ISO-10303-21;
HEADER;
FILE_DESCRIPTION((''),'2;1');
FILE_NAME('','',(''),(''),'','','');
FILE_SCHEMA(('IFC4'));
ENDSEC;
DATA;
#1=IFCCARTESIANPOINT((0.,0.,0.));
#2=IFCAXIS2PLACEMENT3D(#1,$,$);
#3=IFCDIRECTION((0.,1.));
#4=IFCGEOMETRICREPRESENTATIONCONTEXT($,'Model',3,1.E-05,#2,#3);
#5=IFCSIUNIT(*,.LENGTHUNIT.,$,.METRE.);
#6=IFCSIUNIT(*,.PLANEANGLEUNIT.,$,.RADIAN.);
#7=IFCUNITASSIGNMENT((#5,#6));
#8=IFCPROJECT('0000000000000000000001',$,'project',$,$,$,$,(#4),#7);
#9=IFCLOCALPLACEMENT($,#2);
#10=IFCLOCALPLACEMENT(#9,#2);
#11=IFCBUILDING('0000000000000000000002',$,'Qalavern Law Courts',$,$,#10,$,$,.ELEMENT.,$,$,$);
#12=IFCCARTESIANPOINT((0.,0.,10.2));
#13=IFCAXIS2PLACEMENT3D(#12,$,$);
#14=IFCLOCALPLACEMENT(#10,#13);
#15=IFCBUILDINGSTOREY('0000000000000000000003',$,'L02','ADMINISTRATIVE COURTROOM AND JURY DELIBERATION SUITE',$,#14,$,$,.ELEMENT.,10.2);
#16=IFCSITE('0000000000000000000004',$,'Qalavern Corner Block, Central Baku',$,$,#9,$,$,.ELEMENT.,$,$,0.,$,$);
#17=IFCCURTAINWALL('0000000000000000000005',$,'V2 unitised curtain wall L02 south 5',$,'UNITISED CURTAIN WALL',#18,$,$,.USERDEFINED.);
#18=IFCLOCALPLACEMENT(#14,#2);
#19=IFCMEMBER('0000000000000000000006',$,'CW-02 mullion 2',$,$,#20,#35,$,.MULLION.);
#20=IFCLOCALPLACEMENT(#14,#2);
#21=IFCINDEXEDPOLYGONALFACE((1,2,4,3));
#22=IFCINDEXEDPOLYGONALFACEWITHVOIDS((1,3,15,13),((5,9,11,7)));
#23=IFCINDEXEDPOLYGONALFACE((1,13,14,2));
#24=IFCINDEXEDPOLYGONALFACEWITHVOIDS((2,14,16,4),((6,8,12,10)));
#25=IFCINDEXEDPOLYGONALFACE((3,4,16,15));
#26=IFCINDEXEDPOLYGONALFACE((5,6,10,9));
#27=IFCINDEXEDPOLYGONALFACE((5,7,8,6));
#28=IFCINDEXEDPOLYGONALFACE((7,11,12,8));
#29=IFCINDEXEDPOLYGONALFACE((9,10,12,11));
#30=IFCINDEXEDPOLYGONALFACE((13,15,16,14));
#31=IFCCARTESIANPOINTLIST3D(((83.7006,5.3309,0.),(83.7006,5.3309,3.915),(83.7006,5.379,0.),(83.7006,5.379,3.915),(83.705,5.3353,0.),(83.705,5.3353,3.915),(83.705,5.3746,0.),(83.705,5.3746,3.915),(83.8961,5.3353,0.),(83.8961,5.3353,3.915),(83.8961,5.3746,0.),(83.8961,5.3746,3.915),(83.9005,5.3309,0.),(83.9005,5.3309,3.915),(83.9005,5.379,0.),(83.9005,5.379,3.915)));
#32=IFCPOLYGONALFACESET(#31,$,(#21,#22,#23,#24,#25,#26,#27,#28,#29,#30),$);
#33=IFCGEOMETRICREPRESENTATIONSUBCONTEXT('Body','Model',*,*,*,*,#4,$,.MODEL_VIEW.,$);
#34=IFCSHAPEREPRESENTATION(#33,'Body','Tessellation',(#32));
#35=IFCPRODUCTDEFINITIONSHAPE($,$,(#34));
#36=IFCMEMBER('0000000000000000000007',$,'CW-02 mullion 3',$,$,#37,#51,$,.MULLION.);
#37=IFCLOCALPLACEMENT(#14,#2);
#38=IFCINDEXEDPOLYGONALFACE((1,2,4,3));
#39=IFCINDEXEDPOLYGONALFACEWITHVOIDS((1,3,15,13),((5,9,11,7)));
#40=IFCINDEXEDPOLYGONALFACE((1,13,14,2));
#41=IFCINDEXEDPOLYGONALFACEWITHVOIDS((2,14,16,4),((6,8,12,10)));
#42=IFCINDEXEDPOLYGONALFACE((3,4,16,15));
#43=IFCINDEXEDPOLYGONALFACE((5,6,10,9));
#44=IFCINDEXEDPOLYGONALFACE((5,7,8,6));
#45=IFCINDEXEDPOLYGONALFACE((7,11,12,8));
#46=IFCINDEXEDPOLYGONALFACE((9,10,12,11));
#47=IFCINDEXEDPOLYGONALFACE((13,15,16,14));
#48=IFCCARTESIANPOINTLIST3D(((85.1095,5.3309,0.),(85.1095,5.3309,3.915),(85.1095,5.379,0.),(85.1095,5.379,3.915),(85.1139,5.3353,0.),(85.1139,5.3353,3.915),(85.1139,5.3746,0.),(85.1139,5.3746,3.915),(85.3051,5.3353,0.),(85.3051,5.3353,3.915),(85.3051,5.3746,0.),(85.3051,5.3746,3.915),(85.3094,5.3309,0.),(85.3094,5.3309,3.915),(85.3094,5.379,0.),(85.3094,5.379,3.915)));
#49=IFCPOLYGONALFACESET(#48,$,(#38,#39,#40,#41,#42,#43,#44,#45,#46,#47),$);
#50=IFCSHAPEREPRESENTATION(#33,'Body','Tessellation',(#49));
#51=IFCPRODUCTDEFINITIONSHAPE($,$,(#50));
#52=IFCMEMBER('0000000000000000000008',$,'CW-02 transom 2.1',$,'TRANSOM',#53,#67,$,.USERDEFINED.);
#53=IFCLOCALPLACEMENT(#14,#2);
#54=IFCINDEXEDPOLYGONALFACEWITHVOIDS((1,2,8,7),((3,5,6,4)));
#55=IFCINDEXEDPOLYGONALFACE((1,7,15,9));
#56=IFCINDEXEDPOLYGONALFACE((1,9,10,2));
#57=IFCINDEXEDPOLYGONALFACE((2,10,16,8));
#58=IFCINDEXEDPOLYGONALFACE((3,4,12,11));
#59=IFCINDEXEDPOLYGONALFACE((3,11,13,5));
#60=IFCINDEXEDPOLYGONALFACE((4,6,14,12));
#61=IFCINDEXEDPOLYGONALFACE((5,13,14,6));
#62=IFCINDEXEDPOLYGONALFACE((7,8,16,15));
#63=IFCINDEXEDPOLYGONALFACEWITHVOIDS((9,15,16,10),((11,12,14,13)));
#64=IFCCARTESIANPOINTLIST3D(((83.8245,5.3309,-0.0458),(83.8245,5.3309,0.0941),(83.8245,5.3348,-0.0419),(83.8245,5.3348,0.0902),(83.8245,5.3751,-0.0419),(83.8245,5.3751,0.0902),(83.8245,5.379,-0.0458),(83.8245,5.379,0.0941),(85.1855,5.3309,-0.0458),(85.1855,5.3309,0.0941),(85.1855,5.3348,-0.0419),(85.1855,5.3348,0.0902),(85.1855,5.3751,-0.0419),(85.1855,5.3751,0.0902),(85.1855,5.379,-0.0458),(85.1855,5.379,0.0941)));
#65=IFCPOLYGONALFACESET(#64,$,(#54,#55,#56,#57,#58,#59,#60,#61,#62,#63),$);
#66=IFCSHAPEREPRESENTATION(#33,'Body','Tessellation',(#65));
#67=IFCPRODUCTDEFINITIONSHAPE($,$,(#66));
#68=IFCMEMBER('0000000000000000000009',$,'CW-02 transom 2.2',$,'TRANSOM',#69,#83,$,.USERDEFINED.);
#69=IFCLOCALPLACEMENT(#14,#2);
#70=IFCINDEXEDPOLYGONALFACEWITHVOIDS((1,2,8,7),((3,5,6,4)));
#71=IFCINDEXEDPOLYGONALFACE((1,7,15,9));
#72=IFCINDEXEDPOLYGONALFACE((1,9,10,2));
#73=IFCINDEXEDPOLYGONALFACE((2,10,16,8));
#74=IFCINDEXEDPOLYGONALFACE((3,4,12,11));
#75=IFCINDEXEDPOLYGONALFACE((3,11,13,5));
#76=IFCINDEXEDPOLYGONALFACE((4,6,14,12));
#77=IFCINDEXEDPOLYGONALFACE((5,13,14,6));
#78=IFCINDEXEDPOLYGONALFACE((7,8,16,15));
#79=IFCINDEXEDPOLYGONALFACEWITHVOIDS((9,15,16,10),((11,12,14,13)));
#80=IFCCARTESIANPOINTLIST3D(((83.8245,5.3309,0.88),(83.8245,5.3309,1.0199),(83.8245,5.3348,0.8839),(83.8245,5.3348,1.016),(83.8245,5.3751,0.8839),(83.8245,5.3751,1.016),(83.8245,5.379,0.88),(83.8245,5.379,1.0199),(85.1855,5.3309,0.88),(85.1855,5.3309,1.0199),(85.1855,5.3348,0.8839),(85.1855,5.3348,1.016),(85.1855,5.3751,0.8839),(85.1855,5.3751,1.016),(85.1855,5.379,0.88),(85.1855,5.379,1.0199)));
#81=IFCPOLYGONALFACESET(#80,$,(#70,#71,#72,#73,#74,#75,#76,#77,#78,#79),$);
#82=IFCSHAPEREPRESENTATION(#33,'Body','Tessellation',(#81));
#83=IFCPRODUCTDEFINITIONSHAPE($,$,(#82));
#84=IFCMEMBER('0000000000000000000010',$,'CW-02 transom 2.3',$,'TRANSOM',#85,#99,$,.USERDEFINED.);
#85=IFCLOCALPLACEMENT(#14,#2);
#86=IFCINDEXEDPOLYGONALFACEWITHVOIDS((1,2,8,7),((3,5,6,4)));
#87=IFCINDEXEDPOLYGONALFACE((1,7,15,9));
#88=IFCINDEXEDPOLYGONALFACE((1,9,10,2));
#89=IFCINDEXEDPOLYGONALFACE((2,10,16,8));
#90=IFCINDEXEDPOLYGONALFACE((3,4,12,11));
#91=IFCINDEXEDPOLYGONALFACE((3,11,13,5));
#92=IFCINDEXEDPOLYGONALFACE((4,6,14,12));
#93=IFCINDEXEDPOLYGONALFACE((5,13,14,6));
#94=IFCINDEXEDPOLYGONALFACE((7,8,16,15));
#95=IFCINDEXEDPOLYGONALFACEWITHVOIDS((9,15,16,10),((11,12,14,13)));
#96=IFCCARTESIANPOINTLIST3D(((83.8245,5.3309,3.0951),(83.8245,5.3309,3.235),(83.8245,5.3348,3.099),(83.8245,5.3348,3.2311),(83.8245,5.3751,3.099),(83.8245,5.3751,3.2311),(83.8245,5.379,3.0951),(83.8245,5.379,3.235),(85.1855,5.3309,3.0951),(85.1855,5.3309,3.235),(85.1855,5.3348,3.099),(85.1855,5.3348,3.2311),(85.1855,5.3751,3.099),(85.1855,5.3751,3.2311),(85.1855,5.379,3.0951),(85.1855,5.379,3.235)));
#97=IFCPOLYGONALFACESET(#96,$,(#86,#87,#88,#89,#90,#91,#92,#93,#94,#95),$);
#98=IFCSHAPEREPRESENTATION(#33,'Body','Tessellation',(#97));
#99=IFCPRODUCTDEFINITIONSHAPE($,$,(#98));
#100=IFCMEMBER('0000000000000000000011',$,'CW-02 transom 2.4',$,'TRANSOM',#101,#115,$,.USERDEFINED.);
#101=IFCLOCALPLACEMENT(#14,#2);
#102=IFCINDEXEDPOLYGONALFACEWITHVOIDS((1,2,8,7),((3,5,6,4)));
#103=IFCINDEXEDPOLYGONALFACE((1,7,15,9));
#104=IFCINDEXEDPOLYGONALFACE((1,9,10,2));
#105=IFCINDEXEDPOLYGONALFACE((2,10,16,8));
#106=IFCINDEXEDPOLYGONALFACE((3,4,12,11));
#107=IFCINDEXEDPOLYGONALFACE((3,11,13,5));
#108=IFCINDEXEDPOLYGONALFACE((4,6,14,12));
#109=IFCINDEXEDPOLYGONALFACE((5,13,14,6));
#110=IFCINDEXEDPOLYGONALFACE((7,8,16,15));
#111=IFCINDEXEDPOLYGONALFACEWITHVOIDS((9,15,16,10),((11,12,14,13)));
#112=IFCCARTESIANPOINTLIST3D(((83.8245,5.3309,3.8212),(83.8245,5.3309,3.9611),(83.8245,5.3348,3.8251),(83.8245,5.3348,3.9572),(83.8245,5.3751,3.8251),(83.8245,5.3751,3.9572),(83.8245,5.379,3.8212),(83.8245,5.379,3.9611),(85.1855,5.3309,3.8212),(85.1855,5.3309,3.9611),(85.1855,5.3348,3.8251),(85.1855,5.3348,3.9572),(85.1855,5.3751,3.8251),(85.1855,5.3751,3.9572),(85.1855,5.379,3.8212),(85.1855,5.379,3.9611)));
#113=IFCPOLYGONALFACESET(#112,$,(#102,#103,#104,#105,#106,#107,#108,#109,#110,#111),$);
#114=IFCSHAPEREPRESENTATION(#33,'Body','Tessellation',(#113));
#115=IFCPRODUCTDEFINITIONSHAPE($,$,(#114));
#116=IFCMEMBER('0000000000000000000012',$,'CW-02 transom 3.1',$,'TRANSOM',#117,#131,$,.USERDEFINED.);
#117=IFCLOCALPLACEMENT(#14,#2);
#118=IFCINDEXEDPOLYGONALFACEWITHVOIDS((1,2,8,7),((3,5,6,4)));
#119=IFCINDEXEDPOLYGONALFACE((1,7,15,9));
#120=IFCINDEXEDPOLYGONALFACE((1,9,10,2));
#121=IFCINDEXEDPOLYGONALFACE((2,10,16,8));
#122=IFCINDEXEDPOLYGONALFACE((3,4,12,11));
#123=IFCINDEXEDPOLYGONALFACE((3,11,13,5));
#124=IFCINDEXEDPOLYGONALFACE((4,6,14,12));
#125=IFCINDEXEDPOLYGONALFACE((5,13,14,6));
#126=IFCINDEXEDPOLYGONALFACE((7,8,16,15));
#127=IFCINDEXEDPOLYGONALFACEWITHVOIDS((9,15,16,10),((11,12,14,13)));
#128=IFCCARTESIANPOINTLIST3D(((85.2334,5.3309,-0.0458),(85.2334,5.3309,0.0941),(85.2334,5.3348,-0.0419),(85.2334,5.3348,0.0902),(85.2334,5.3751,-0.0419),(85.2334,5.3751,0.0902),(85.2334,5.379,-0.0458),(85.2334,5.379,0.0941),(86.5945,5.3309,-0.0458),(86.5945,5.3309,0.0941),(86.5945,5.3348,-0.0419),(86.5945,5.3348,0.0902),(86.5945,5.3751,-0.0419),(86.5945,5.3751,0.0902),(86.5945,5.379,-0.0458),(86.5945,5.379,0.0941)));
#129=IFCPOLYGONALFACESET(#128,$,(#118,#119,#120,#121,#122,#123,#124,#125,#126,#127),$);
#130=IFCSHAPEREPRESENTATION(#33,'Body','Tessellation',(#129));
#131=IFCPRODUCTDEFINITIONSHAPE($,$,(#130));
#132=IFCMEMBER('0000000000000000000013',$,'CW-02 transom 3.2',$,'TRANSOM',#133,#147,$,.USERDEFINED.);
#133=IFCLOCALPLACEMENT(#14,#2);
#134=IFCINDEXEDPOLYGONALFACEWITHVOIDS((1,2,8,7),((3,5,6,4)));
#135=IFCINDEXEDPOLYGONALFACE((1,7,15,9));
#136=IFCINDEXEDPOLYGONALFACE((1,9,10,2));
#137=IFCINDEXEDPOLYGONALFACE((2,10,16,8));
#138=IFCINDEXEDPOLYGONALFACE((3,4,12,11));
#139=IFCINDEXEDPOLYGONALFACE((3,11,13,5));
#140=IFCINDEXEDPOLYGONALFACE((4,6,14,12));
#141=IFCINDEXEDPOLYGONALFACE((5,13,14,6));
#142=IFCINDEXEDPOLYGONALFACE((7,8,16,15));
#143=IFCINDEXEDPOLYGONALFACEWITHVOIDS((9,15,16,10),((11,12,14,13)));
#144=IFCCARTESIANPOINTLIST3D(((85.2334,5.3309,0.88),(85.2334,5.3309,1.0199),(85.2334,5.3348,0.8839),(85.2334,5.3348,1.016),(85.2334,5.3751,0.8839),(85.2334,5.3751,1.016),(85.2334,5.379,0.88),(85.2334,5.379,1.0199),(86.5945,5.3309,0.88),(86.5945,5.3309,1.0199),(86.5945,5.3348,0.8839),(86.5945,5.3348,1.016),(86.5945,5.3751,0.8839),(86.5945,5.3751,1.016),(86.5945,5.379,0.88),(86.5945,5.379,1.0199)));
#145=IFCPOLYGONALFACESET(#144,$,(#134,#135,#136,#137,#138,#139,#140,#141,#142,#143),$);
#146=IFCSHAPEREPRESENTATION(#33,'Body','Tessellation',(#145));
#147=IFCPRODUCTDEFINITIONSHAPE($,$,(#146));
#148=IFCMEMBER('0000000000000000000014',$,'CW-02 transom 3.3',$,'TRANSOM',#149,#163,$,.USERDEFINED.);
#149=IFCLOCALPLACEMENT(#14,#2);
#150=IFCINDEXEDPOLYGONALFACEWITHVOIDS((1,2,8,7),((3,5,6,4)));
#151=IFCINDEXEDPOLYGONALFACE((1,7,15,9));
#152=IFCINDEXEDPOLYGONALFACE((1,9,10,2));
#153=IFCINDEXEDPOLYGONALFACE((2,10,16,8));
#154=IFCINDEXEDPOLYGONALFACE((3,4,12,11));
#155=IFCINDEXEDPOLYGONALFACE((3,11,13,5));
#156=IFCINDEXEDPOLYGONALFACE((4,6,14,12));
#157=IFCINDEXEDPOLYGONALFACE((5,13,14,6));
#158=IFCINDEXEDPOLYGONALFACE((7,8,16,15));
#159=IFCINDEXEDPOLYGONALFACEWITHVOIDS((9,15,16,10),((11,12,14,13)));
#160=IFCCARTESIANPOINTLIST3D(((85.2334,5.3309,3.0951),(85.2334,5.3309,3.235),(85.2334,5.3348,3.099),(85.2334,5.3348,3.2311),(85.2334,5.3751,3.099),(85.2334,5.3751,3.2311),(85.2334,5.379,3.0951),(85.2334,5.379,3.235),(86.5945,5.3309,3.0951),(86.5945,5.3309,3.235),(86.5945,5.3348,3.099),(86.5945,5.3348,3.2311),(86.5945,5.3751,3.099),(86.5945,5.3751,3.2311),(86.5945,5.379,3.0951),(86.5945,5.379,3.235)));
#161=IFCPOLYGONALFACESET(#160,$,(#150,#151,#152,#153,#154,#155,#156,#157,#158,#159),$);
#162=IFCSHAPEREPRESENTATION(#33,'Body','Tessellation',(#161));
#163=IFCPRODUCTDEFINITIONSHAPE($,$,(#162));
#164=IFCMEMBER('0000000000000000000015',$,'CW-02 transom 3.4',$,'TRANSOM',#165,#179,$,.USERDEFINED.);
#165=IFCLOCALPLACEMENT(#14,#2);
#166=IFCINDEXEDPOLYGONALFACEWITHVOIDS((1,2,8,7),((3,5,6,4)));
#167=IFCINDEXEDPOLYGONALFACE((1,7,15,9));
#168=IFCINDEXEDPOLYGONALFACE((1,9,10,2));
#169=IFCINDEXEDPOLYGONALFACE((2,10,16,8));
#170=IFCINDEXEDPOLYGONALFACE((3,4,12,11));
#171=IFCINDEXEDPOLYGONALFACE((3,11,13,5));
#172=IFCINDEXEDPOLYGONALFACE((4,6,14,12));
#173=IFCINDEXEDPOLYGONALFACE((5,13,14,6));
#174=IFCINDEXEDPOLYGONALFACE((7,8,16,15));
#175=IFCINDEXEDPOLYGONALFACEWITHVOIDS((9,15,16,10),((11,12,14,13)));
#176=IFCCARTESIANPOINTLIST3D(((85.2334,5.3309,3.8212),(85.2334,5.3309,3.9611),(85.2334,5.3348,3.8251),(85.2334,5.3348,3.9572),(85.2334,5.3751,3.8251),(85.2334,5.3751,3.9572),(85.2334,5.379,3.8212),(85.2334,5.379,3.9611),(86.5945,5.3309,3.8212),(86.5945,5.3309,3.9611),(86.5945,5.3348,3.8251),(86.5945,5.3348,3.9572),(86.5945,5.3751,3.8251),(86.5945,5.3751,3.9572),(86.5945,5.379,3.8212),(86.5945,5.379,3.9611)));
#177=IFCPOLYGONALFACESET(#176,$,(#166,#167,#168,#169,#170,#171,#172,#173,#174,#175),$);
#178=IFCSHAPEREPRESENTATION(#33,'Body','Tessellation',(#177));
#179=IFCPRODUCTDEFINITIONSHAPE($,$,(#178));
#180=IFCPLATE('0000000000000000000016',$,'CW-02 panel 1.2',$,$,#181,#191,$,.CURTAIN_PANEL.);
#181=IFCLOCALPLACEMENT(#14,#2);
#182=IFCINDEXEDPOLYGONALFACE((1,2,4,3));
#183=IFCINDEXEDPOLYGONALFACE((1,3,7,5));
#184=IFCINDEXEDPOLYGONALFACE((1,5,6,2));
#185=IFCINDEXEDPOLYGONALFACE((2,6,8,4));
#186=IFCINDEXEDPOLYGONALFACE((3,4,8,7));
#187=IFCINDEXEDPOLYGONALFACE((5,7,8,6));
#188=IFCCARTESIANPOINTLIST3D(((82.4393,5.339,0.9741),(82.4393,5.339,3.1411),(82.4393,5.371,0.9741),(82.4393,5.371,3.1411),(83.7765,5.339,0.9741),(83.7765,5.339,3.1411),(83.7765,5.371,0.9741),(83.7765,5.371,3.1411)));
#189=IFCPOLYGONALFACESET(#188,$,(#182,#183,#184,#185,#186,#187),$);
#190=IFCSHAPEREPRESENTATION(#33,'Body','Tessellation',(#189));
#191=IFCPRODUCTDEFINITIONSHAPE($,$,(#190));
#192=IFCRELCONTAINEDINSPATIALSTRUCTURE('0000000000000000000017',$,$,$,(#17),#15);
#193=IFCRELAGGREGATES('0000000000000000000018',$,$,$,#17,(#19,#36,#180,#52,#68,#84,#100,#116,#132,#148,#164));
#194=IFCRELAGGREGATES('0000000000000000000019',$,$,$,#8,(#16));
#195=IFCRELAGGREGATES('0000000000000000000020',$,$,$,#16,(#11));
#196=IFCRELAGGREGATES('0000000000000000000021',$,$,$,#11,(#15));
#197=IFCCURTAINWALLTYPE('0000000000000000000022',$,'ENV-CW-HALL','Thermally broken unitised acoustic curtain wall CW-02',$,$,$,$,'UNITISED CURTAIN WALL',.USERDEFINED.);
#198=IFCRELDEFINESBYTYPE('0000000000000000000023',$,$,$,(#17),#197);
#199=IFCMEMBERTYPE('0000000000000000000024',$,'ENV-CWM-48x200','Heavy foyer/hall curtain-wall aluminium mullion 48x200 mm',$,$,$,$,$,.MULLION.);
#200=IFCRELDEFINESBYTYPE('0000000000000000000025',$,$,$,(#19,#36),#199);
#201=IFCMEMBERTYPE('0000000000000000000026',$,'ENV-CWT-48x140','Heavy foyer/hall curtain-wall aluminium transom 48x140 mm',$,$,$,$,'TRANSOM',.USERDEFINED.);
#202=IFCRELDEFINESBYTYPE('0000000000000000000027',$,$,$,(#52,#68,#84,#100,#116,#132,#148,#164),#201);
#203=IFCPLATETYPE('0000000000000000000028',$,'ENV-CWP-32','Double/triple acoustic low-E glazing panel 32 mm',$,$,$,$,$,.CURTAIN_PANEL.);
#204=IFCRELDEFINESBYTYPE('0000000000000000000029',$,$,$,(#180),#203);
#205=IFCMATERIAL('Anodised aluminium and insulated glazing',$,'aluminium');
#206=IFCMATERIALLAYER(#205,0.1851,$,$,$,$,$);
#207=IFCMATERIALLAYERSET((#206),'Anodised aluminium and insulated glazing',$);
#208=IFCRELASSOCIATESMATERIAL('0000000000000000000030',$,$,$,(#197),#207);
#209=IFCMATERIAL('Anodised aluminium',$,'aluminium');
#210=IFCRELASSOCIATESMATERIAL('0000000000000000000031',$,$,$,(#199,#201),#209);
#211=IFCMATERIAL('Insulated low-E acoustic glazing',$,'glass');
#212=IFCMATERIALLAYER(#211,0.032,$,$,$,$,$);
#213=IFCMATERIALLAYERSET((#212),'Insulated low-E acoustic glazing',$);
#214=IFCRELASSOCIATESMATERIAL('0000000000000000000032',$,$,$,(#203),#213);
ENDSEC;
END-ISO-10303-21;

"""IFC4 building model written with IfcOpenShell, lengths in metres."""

from ifc_helpers import new_model, si_unit, direction, frame, origin, origin_2d, place, context, subcontext, project, spatial, rectangle, hollow_rectangle, extrude, material, layer, layer_set, material_profile, profile_set, type_object, element, aggregate, save


model = new_model("IFC4")

# Units and contexts
model_context = context("Model", 3, precision=1e-05, world=origin(), true_north=direction((0.0, 1.0)))
body_context = subcontext(model_context, "Body", "Model", "MODEL_VIEW")
ifc_project = project(units=[si_unit("LENGTHUNIT", "METRE"), si_unit("PLANEANGLEUNIT", "RADIAN")], contexts=[model_context])

# Site, building, storey
site_placement = place(None, origin())
site = spatial("IfcSite", under=ifc_project, at=site_placement, Name="Qalavern Corner Block, Central Baku", CompositionType="ELEMENT", RefElevation=0.0)
building_placement = place(site_placement, origin())
building = spatial("IfcBuilding", under=site, at=building_placement, Name="Qalavern Law Courts", CompositionType="ELEMENT")
storey_placement = place(building_placement, frame((0.0, 0.0, 10.2)))
storey = spatial("IfcBuildingStorey", under=building, at=storey_placement, Name="L02", Description="ADMINISTRATIVE COURTROOM AND JURY DELIBERATION SUITE", CompositionType="ELEMENT", Elevation=10.2)

# Curtain wall, members, plate
ifc_material_1 = material(Name="Anodised aluminium and insulated glazing", Category="aluminium")
ifc_layer_1 = layer(ifc_material_1, 0.1851)
ifc_layer_set_1 = layer_set([ifc_layer_1], Name="Anodised aluminium and insulated glazing")
curtain_wall_type = type_object("IfcCurtainWallType", Name="ENV-CW-HALL", Description="Thermally broken unitised acoustic curtain wall CW-02", ElementType="UNITISED CURTAIN WALL", PredefinedType="USERDEFINED", material=ifc_layer_set_1)
curtain_wall_placement = place(storey_placement, origin())
curtain_wall = element("IfcCurtainWall", 1, at=curtain_wall_placement, inside=storey, type_object=curtain_wall_type, Name="V2 unitised curtain wall L02 south 5", ObjectType="UNITISED CURTAIN WALL", PredefinedType="USERDEFINED")
ifc_material_2 = material(Name="Anodised aluminium", Category="aluminium")
ifc_material_profile_1 = material_profile(ifc_material_2, hollow_rectangle(XDim=0.0481, YDim=0.2, WallThickness=0.0044, at=origin_2d()), Name="ALU MULLION 48x200")
ifc_profile_set_1 = profile_set([ifc_material_profile_1], Name="Anodised aluminium")
member_type_1 = type_object("IfcMemberType", Name="ENV-CWM-48x200", Description="Heavy foyer/hall curtain-wall aluminium mullion 48x200 mm", PredefinedType="MULLION", material=ifc_profile_set_1)
member_1_placement = place(storey_placement, frame((83.8005, 5.355, 0.0), z_axis=(0.0, 0.0, 1.0), x_axis=(0.0, 1.0, 0.0)))
member_1 = element("IfcMember", 2, at=member_1_placement, type_object=member_type_1, Name="CW-02 mullion 2", PredefinedType="MULLION", context=body_context, shape_type="SweptSolid", body=[
    extrude(hollow_rectangle(XDim=0.0481, YDim=0.2, WallThickness=0.0044, at=origin_2d()), origin(), (0.0, 0.0, 1.0), 3.915),
])
member_2_placement = place(storey_placement, frame((85.2095, 5.355, 0.0), z_axis=(0.0, 0.0, 1.0), x_axis=(0.0, 1.0, 0.0)))
member_2 = element("IfcMember", 3, at=member_2_placement, type_object=member_type_1, Name="CW-02 mullion 3", PredefinedType="MULLION", context=body_context, shape_type="SweptSolid", body=[
    extrude(hollow_rectangle(XDim=0.0481, YDim=0.2, WallThickness=0.0044, at=origin_2d()), origin(), (0.0, 0.0, 1.0), 3.915),
])
ifc_material_profile_2 = material_profile(ifc_material_2, hollow_rectangle(XDim=0.0481, YDim=0.1399, WallThickness=0.0039, at=origin_2d()), Name="ALU TRANSOM 48x140")
ifc_profile_set_2 = profile_set([ifc_material_profile_2], Name="Anodised aluminium")
member_type_2 = type_object("IfcMemberType", Name="ENV-CWT-48x140", Description="Heavy foyer/hall curtain-wall aluminium transom 48x140 mm", ElementType="TRANSOM", PredefinedType="USERDEFINED", material=ifc_profile_set_2)
member_3_placement = place(storey_placement, frame((83.8245, 5.355, 0.0242), z_axis=(1.0, 0.0, 0.0), x_axis=(0.0, 1.0, 0.0)))
member_3 = element("IfcMember", 4, at=member_3_placement, type_object=member_type_2, Name="CW-02 transom 2.1", ObjectType="TRANSOM", PredefinedType="USERDEFINED", context=body_context, shape_type="SweptSolid", body=[
    extrude(hollow_rectangle(XDim=0.0481, YDim=0.1399, WallThickness=0.0039, at=origin_2d()), origin(), (0.0, 0.0, 1.0), 1.3611),
])
member_4_placement = place(storey_placement, frame((83.8245, 5.355, 0.95), z_axis=(1.0, 0.0, 0.0), x_axis=(0.0, 1.0, 0.0)))
member_4 = element("IfcMember", 5, at=member_4_placement, type_object=member_type_2, Name="CW-02 transom 2.2", ObjectType="TRANSOM", PredefinedType="USERDEFINED", context=body_context, shape_type="SweptSolid", body=[
    extrude(hollow_rectangle(XDim=0.0481, YDim=0.1399, WallThickness=0.0039, at=origin_2d()), origin(), (0.0, 0.0, 1.0), 1.3611),
])
member_5_placement = place(storey_placement, frame((83.8245, 5.355, 3.165), z_axis=(1.0, 0.0, 0.0), x_axis=(0.0, 1.0, 0.0)))
member_5 = element("IfcMember", 6, at=member_5_placement, type_object=member_type_2, Name="CW-02 transom 2.3", ObjectType="TRANSOM", PredefinedType="USERDEFINED", context=body_context, shape_type="SweptSolid", body=[
    extrude(hollow_rectangle(XDim=0.0481, YDim=0.1399, WallThickness=0.0039, at=origin_2d()), origin(), (0.0, 0.0, 1.0), 1.3611),
])
member_6_placement = place(storey_placement, frame((83.8245, 5.355, 3.8911), z_axis=(1.0, 0.0, 0.0), x_axis=(0.0, 1.0, 0.0)))
member_6 = element("IfcMember", 7, at=member_6_placement, type_object=member_type_2, Name="CW-02 transom 2.4", ObjectType="TRANSOM", PredefinedType="USERDEFINED", context=body_context, shape_type="SweptSolid", body=[
    extrude(hollow_rectangle(XDim=0.0481, YDim=0.1399, WallThickness=0.0039, at=origin_2d()), origin(), (0.0, 0.0, 1.0), 1.3611),
])
member_7_placement = place(storey_placement, frame((85.2334, 5.355, 0.0242), z_axis=(1.0, 0.0, 0.0), x_axis=(0.0, 1.0, 0.0)))
member_7 = element("IfcMember", 8, at=member_7_placement, type_object=member_type_2, Name="CW-02 transom 3.1", ObjectType="TRANSOM", PredefinedType="USERDEFINED", context=body_context, shape_type="SweptSolid", body=[
    extrude(hollow_rectangle(XDim=0.0481, YDim=0.1399, WallThickness=0.0039, at=origin_2d()), origin(), (0.0, 0.0, 1.0), 1.3611),
])
member_8_placement = place(storey_placement, frame((85.2334, 5.355, 0.95), z_axis=(1.0, 0.0, 0.0), x_axis=(0.0, 1.0, 0.0)))
member_8 = element("IfcMember", 9, at=member_8_placement, type_object=member_type_2, Name="CW-02 transom 3.2", ObjectType="TRANSOM", PredefinedType="USERDEFINED", context=body_context, shape_type="SweptSolid", body=[
    extrude(hollow_rectangle(XDim=0.0481, YDim=0.1399, WallThickness=0.0039, at=origin_2d()), origin(), (0.0, 0.0, 1.0), 1.3611),
])
member_9_placement = place(storey_placement, frame((85.2334, 5.355, 3.165), z_axis=(1.0, 0.0, 0.0), x_axis=(0.0, 1.0, 0.0)))
member_9 = element("IfcMember", 10, at=member_9_placement, type_object=member_type_2, Name="CW-02 transom 3.3", ObjectType="TRANSOM", PredefinedType="USERDEFINED", context=body_context, shape_type="SweptSolid", body=[
    extrude(hollow_rectangle(XDim=0.0481, YDim=0.1399, WallThickness=0.0039, at=origin_2d()), origin(), (0.0, 0.0, 1.0), 1.3611),
])
member_10_placement = place(storey_placement, frame((85.2334, 5.355, 3.8911), z_axis=(1.0, 0.0, 0.0), x_axis=(0.0, 1.0, 0.0)))
member_10 = element("IfcMember", 11, at=member_10_placement, type_object=member_type_2, Name="CW-02 transom 3.4", ObjectType="TRANSOM", PredefinedType="USERDEFINED", context=body_context, shape_type="SweptSolid", body=[
    extrude(hollow_rectangle(XDim=0.0481, YDim=0.1399, WallThickness=0.0039, at=origin_2d()), origin(), (0.0, 0.0, 1.0), 1.3611),
])
ifc_material_3 = material(Name="Insulated low-E acoustic glazing", Category="glass")
ifc_layer_2 = layer(ifc_material_3, 0.032)
ifc_layer_set_2 = layer_set([ifc_layer_2], Name="Insulated low-E acoustic glazing")
plate_type = type_object("IfcPlateType", Name="ENV-CWP-32", Description="Double/triple acoustic low-E glazing panel 32 mm", PredefinedType="CURTAIN_PANEL", material=ifc_layer_set_2)
plate_1_placement = place(storey_placement, frame((83.1079, 5.355, 0.9741), z_axis=(0.0, 0.0, 1.0), x_axis=(1.0, 0.0, 0.0)))
plate_1 = element("IfcPlate", 12, at=plate_1_placement, type_object=plate_type, Name="CW-02 panel 1.2", PredefinedType="CURTAIN_PANEL", context=body_context, shape_type="SweptSolid", body=[
    extrude(rectangle(XDim=1.3372, YDim=0.032, at=origin_2d()), origin(), (0.0, 0.0, 1.0), 2.167),
])
aggregate(curtain_wall, [member_1, member_2, plate_1, member_3, member_4, member_5, member_6, member_7, member_8, member_9, member_10])

save(model, "model.ifc")
